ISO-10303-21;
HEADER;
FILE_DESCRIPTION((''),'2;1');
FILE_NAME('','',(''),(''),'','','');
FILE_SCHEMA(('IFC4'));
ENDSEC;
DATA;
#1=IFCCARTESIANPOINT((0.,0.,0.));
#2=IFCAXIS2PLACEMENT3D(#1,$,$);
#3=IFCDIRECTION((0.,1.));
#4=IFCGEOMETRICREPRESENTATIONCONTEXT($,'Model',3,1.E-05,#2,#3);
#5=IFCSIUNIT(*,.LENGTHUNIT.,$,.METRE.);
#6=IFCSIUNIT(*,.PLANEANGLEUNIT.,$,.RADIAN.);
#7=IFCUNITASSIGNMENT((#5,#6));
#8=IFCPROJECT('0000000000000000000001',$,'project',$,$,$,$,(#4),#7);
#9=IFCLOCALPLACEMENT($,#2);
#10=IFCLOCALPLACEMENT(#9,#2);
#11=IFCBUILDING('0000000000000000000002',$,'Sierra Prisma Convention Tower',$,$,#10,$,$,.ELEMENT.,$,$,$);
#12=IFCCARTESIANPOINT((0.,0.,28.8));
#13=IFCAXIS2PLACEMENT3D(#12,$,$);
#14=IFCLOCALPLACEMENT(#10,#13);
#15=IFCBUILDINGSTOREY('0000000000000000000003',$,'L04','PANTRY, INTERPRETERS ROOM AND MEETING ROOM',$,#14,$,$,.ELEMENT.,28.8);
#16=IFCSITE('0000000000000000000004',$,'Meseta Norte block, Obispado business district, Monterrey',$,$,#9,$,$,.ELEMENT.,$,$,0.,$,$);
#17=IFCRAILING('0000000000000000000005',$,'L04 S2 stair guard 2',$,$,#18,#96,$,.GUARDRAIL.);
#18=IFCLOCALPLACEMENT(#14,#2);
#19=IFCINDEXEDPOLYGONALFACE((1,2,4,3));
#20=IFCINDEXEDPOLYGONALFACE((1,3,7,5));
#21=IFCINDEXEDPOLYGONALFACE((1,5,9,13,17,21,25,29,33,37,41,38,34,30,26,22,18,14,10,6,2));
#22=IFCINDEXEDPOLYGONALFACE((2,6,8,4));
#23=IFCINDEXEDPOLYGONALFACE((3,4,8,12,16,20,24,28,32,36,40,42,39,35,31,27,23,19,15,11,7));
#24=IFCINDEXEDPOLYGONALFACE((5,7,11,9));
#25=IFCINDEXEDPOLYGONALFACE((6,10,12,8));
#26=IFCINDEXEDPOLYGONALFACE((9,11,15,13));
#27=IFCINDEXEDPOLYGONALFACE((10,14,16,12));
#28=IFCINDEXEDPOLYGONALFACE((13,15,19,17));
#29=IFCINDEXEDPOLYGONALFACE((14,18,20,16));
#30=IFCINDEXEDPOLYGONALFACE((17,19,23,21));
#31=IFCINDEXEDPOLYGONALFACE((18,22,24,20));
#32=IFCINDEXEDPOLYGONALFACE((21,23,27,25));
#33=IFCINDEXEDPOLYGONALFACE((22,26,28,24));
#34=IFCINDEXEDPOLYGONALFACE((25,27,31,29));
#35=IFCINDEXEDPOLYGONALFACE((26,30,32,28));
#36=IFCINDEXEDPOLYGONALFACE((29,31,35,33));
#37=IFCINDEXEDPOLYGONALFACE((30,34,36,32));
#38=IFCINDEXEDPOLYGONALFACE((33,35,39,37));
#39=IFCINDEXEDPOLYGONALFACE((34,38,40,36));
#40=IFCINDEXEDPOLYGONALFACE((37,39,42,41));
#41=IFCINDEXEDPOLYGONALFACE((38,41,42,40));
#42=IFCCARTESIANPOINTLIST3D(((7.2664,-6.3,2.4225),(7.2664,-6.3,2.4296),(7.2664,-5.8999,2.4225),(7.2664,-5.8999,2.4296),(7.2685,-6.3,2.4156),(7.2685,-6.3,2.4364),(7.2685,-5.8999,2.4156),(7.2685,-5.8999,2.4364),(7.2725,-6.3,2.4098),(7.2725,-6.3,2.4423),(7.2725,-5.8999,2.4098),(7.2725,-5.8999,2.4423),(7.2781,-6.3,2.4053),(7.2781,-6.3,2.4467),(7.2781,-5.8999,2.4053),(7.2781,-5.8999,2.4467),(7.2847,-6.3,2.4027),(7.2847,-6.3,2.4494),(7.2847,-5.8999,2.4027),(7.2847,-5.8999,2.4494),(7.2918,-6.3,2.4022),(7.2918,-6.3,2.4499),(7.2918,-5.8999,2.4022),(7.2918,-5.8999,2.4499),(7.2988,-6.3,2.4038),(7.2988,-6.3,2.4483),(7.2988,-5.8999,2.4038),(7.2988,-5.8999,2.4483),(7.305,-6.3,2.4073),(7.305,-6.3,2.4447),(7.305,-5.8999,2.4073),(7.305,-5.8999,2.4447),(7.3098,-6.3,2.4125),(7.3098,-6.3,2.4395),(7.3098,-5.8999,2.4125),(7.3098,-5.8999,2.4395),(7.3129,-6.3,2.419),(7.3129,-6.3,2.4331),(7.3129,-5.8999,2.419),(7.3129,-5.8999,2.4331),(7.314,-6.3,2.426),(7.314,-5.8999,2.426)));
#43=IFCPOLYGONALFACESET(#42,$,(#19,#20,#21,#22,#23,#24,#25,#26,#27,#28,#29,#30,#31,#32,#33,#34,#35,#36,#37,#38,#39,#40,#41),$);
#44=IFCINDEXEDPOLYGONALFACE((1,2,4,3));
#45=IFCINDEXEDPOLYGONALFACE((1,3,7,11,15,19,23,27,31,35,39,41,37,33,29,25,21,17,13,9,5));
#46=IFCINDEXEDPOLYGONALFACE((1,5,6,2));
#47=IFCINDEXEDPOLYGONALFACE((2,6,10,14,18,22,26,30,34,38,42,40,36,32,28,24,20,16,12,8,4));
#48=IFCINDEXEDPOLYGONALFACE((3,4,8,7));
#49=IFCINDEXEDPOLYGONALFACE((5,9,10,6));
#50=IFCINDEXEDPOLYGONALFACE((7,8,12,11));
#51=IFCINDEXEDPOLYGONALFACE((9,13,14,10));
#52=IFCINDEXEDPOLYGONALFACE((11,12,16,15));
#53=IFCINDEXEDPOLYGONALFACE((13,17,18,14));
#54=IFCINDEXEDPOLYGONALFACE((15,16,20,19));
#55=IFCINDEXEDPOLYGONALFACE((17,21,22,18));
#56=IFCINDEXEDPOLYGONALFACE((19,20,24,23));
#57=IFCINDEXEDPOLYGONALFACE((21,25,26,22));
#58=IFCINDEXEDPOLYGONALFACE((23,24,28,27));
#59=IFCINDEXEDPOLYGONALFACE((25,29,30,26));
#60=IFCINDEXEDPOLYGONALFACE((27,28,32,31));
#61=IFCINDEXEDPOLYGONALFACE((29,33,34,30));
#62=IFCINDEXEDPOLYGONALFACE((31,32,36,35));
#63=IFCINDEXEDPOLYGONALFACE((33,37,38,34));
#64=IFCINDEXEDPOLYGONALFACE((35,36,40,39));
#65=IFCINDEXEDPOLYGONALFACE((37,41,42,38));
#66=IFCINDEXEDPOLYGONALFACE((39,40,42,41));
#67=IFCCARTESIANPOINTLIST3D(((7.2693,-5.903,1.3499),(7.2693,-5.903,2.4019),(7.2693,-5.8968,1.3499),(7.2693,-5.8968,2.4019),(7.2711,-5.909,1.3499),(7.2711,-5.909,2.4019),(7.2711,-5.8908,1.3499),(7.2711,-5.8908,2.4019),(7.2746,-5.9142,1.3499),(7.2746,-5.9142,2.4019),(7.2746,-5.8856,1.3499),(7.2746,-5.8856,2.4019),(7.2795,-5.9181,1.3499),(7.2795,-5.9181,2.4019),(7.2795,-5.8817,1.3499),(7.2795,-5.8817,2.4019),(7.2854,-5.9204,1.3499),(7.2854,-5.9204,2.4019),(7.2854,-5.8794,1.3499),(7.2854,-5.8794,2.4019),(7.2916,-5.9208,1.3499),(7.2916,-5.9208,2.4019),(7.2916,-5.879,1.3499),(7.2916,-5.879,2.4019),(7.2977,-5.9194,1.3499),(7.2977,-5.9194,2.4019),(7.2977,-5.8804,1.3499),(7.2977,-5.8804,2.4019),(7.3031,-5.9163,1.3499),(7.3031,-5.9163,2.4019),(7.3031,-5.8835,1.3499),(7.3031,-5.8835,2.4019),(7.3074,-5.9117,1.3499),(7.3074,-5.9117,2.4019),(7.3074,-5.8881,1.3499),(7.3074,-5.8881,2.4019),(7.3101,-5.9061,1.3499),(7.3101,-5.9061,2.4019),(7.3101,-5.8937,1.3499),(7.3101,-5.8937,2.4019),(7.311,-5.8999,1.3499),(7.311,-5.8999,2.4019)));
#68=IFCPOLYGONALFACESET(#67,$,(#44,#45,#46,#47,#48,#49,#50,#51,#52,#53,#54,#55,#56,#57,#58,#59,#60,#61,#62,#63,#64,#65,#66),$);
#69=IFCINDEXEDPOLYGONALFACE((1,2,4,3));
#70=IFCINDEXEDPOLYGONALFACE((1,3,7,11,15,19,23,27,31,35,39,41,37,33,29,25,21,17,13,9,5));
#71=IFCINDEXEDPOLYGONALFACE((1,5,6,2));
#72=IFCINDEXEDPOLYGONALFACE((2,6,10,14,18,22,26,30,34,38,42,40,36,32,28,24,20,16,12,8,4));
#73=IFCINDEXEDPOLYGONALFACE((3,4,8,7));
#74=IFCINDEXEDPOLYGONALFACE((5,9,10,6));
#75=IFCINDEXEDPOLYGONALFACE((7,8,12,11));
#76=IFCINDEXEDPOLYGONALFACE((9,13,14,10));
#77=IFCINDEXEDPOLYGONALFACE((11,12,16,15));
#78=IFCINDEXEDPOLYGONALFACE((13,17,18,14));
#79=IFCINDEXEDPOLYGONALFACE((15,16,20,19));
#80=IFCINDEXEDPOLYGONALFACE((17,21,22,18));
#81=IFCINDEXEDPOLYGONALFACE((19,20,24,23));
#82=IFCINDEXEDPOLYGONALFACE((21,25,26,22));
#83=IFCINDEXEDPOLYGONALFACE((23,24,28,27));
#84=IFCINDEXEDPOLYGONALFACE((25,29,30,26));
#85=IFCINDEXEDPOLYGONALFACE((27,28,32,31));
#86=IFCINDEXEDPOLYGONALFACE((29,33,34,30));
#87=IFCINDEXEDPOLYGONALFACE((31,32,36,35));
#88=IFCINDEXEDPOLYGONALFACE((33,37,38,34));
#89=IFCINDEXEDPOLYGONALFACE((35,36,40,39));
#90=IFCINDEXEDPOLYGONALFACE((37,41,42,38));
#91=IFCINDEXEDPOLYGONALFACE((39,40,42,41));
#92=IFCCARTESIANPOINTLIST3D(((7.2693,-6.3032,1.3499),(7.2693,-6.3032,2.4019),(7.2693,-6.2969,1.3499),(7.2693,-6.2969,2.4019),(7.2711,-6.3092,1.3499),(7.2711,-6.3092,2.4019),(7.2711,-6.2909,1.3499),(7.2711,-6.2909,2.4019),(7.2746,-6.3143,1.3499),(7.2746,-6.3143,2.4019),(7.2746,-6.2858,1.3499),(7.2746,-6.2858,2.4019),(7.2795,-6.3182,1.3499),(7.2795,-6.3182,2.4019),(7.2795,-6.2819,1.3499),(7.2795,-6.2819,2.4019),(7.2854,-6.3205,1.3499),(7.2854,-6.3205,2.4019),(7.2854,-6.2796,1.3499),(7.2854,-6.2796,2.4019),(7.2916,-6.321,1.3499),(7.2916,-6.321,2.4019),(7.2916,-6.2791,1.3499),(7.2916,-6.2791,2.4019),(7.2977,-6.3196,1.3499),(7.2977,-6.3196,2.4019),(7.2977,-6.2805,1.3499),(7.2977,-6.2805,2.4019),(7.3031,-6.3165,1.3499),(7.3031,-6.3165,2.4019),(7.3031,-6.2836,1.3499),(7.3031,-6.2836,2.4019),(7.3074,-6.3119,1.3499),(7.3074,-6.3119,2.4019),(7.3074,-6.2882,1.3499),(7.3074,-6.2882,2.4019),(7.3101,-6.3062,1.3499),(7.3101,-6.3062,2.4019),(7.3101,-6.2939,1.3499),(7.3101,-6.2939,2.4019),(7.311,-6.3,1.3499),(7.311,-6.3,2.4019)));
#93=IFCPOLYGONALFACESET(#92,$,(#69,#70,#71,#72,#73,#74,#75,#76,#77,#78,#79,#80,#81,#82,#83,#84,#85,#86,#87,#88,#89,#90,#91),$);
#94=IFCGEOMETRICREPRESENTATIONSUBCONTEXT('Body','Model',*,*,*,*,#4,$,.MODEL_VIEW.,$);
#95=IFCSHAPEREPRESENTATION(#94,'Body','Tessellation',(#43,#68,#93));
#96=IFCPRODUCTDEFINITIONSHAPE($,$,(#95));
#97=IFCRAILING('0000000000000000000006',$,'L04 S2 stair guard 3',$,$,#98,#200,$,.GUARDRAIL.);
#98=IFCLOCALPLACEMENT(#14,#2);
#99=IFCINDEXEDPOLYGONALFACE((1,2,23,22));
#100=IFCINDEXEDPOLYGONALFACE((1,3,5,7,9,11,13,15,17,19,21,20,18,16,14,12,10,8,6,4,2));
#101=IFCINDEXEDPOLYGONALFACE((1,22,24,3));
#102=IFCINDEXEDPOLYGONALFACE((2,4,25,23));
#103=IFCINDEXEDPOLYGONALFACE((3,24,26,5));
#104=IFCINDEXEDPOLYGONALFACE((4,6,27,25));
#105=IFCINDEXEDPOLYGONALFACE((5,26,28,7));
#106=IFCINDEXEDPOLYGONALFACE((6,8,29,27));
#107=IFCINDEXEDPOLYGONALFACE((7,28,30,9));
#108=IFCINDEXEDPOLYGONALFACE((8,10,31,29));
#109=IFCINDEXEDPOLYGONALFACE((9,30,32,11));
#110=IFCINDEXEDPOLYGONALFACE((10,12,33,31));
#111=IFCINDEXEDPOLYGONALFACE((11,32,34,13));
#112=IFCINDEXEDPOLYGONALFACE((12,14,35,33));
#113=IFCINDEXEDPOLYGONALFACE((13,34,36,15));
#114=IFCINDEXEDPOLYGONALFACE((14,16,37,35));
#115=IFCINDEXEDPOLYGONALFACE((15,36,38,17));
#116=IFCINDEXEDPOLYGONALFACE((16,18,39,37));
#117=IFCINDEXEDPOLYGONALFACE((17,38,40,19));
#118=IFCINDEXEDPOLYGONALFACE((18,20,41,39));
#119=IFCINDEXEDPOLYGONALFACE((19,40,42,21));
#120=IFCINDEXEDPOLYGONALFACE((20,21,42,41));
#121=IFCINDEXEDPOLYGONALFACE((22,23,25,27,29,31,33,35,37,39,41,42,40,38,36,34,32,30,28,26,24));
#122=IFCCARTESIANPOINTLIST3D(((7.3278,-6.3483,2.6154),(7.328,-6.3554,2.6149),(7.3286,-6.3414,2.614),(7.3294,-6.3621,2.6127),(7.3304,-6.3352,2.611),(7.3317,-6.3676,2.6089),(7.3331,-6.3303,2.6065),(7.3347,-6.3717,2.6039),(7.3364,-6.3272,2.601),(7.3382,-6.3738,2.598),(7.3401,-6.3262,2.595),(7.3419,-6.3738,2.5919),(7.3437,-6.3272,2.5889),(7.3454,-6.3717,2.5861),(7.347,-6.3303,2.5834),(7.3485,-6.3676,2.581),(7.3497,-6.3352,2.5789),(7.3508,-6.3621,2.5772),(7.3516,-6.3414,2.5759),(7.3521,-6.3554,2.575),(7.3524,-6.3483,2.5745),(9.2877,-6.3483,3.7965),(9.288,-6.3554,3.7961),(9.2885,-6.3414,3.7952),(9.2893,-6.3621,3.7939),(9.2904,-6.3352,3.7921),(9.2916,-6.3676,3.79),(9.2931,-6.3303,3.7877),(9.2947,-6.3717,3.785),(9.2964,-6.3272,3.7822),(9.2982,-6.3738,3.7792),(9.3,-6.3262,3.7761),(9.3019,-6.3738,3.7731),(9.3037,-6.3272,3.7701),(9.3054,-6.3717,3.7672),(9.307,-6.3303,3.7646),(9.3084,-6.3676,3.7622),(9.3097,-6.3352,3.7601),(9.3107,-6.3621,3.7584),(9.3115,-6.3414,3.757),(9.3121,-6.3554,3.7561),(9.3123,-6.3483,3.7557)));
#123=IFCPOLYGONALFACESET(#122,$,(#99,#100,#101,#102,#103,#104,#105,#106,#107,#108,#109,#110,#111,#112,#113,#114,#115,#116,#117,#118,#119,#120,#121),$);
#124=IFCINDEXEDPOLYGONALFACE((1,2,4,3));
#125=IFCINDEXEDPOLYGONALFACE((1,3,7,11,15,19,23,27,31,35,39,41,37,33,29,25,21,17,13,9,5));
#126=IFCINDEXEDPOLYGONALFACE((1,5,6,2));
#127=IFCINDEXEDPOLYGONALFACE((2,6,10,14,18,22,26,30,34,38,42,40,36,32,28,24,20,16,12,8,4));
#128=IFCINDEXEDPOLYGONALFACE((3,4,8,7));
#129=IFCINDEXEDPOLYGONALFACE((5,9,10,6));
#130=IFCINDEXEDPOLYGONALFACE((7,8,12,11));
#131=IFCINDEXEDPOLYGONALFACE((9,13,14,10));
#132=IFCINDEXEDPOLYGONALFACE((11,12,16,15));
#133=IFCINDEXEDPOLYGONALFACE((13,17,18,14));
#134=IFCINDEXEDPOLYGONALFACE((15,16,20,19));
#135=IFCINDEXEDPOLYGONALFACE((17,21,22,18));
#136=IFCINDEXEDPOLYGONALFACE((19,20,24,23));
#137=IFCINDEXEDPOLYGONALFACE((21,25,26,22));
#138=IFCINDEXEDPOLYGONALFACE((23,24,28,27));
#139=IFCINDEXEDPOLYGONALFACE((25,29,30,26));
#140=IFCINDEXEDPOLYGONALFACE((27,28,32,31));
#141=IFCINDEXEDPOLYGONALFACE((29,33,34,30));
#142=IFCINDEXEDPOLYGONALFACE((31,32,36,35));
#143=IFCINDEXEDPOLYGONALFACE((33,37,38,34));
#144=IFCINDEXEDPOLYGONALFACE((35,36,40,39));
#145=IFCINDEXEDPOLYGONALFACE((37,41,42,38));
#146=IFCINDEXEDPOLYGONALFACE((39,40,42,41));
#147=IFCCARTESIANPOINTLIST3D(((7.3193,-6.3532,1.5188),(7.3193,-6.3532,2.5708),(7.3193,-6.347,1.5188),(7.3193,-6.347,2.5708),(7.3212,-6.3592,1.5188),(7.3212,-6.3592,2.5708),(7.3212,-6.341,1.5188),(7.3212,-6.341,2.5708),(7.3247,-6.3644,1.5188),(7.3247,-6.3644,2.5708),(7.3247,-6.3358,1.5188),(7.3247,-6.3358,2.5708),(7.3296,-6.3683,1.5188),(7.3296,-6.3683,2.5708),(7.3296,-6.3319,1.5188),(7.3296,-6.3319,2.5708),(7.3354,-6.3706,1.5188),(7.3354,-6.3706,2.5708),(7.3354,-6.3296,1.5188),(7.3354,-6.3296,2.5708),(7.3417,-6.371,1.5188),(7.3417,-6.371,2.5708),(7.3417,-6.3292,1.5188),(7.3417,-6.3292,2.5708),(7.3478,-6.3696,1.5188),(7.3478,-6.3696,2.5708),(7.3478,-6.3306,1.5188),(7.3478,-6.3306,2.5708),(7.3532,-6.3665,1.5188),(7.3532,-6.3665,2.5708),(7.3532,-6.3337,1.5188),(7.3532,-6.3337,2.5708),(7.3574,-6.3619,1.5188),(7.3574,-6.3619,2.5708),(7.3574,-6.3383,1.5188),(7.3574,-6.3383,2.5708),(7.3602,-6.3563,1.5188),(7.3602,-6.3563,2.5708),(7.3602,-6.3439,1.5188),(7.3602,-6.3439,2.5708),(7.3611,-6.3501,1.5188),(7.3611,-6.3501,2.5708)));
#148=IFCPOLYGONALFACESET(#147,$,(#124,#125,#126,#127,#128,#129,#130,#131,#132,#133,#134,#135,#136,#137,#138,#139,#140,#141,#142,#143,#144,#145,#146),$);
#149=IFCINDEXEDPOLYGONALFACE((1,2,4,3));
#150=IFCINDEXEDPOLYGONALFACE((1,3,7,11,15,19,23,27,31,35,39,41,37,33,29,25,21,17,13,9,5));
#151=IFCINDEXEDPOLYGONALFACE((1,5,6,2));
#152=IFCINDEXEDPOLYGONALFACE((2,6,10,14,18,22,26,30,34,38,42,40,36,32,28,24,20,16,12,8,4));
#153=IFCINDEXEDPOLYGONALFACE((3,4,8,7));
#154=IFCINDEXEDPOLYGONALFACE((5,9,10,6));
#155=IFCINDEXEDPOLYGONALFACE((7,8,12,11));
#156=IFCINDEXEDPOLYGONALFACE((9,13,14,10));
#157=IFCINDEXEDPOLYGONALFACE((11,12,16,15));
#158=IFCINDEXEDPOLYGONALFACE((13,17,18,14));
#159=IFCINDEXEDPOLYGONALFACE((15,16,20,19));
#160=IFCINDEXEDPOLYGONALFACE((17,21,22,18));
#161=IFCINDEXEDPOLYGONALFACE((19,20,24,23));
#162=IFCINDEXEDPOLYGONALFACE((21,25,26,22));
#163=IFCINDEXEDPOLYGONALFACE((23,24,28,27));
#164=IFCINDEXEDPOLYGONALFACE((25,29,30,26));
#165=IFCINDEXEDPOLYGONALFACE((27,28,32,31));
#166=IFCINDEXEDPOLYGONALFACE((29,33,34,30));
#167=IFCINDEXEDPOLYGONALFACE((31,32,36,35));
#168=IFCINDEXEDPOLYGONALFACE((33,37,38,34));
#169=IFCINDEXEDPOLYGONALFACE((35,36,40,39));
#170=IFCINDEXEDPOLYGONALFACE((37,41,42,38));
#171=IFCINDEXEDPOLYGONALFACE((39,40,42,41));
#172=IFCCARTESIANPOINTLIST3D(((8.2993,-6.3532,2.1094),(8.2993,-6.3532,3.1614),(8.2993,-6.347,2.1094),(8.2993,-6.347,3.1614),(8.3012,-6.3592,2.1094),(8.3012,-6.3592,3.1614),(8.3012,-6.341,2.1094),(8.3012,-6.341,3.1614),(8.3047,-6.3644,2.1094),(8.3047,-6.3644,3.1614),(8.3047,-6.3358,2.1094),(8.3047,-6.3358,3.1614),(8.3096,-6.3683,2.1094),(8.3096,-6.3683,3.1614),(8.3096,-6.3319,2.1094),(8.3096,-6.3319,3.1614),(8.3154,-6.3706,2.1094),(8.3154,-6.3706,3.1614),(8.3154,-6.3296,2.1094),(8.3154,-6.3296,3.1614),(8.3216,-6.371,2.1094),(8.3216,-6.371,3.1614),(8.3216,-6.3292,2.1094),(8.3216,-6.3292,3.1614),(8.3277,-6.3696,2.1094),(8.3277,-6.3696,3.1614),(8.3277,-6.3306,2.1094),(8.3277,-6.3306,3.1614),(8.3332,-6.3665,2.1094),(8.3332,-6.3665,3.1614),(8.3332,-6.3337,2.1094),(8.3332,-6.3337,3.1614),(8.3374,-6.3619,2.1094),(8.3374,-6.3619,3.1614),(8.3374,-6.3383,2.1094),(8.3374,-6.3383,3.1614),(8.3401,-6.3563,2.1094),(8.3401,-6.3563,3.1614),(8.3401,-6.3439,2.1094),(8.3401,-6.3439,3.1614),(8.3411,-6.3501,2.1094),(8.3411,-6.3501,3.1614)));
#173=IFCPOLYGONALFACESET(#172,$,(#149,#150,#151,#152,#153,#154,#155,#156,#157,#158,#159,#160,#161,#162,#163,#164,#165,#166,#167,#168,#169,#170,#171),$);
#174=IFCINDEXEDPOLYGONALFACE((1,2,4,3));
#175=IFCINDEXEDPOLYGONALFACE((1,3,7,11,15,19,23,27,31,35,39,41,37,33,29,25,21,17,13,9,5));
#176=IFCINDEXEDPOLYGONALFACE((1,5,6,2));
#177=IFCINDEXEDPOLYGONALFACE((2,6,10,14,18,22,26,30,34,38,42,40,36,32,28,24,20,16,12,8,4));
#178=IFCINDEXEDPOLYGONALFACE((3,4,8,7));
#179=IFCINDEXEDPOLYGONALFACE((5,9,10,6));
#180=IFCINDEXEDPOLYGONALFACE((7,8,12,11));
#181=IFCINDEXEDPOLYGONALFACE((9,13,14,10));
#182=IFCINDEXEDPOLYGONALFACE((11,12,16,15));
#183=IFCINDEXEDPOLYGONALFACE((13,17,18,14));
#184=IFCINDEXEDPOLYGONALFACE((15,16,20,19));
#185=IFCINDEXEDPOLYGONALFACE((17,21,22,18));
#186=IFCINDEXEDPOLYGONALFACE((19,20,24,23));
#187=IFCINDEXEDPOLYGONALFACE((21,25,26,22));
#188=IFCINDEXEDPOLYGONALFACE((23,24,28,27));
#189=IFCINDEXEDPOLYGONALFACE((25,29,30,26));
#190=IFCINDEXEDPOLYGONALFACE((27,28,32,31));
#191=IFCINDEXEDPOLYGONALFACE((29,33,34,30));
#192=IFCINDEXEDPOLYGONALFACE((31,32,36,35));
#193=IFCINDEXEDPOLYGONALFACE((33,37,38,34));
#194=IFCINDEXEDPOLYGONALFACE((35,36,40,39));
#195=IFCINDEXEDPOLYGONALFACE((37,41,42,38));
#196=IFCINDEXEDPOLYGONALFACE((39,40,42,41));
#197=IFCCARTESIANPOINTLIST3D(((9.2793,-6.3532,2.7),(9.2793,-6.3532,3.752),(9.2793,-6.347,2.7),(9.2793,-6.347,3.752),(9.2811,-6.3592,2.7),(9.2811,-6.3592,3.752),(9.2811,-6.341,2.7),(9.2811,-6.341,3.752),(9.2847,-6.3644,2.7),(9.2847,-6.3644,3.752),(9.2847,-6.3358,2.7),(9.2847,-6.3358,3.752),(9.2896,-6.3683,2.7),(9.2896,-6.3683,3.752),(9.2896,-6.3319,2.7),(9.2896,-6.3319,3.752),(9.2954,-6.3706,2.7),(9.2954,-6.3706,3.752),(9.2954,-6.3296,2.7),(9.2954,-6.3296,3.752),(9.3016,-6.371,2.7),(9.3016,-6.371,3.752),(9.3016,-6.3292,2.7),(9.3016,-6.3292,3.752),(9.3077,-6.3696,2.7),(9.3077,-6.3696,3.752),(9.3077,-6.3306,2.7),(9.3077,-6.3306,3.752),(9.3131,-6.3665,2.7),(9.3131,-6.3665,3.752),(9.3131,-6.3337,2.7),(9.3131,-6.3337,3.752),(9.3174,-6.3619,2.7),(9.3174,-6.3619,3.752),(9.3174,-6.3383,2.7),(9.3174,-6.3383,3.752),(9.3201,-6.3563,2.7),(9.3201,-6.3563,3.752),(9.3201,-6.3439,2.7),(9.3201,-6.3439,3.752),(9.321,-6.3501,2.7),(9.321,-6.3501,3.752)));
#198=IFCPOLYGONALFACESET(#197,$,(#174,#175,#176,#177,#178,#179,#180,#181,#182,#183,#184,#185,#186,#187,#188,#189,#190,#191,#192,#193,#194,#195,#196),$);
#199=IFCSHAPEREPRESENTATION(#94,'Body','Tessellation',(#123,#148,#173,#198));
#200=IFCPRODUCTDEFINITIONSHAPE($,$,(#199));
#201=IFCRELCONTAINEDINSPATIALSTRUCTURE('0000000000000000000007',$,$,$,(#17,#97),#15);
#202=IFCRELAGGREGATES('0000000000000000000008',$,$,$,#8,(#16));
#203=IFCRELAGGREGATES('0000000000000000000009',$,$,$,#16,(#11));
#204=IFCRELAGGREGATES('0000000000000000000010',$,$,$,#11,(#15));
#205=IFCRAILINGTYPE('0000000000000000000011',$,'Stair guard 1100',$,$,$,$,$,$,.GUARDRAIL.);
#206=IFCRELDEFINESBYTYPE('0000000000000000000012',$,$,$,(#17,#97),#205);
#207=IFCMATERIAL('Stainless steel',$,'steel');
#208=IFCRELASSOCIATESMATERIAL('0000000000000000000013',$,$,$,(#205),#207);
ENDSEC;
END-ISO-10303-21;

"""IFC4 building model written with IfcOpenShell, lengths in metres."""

from ifc_helpers import new_model, si_unit, direction, frame, origin, origin_2d, place, context, subcontext, project, spatial, circle, extrude, material, type_object, element, save


model = new_model("IFC4")

# Units and contexts
model_context = context("Model", 3, precision=1e-05, world=origin(), true_north=direction((0.0, 1.0)))
body_context = subcontext(model_context, "Body", "Model", "MODEL_VIEW")
ifc_project = project(units=[si_unit("LENGTHUNIT", "METRE"), si_unit("PLANEANGLEUNIT", "RADIAN")], contexts=[model_context])

# Site, building, storey
site_placement = place(None, origin())
site = spatial("IfcSite", under=ifc_project, at=site_placement, Name="Meseta Norte block, Obispado business district, Monterrey", CompositionType="ELEMENT", RefElevation=0.0)
building_placement = place(site_placement, origin())
building = spatial("IfcBuilding", under=site, at=building_placement, Name="Sierra Prisma Convention Tower", CompositionType="ELEMENT")
storey_placement = place(building_placement, frame((0.0, 0.0, 28.8)))
storey = spatial("IfcBuildingStorey", under=building, at=storey_placement, Name="L04", Description="PANTRY, INTERPRETERS ROOM AND MEETING ROOM", CompositionType="ELEMENT", Elevation=28.8)

# Railings
ifc_material_1 = material(Name="Stainless steel", Category="steel")
railing_type_1 = type_object("IfcRailingType", Name="Stair guard 1100", PredefinedType="GUARDRAIL", material=ifc_material_1)
railing_placement = place(storey_placement, frame((7.29, -5.8999, 1.3499)))
element("IfcRailing", 1, at=railing_placement, inside=storey, type_object=railing_type_1, Name="L04 S2 stair guard 2", PredefinedType="GUARDRAIL", context=body_context, shape_type="SweptSolid", body=[
    extrude(circle(Radius=0.0239, at=origin_2d()), frame((0.0, 0.0, 1.0762), z_axis=(0.0, -1.0, 0.0), x_axis=(1.0, 0.0, 0.0)), (0.0, 0.0, 1.0), 0.4001),
    extrude(circle(Radius=0.021, at=origin_2d()), origin(), (0.0, 0.0, 1.0), 1.052),
    extrude(circle(Radius=0.021, at=origin_2d()), frame((0.0, -0.4001, 0.0)), (0.0, 0.0, 1.0), 1.052),
])
for number, where, name in (
    (2, (7.3401, -6.3501, 1.5188), "L04 S2 stair guard 3"),
):
    element("IfcRailing", number, at=place(storey_placement, frame(where)), inside=storey, type_object=railing_type_1, Name=name, PredefinedType="GUARDRAIL", context=body_context, shape_type="SweptSolid", body=[
        extrude(circle(Radius=0.0239, at=origin_2d()), frame((0.0, 0.0, 1.0762), z_axis=(0.856493, 0.0, 0.516158), x_axis=(0.0, 1.0, 0.0)), (0.0, 0.0, 1.0), 2.2883),
        extrude(circle(Radius=0.021, at=origin_2d()), origin(), (0.0, 0.0, 1.0), 1.052),
        extrude(circle(Radius=0.021, at=origin_2d()), frame((0.98, 0.0, 0.5906)), (0.0, 0.0, 1.0), 1.052),
        extrude(circle(Radius=0.021, at=origin_2d()), frame((1.96, 0.0, 1.1812)), (0.0, 0.0, 1.0), 1.052),
    ])

save(model, "model.ifc")
